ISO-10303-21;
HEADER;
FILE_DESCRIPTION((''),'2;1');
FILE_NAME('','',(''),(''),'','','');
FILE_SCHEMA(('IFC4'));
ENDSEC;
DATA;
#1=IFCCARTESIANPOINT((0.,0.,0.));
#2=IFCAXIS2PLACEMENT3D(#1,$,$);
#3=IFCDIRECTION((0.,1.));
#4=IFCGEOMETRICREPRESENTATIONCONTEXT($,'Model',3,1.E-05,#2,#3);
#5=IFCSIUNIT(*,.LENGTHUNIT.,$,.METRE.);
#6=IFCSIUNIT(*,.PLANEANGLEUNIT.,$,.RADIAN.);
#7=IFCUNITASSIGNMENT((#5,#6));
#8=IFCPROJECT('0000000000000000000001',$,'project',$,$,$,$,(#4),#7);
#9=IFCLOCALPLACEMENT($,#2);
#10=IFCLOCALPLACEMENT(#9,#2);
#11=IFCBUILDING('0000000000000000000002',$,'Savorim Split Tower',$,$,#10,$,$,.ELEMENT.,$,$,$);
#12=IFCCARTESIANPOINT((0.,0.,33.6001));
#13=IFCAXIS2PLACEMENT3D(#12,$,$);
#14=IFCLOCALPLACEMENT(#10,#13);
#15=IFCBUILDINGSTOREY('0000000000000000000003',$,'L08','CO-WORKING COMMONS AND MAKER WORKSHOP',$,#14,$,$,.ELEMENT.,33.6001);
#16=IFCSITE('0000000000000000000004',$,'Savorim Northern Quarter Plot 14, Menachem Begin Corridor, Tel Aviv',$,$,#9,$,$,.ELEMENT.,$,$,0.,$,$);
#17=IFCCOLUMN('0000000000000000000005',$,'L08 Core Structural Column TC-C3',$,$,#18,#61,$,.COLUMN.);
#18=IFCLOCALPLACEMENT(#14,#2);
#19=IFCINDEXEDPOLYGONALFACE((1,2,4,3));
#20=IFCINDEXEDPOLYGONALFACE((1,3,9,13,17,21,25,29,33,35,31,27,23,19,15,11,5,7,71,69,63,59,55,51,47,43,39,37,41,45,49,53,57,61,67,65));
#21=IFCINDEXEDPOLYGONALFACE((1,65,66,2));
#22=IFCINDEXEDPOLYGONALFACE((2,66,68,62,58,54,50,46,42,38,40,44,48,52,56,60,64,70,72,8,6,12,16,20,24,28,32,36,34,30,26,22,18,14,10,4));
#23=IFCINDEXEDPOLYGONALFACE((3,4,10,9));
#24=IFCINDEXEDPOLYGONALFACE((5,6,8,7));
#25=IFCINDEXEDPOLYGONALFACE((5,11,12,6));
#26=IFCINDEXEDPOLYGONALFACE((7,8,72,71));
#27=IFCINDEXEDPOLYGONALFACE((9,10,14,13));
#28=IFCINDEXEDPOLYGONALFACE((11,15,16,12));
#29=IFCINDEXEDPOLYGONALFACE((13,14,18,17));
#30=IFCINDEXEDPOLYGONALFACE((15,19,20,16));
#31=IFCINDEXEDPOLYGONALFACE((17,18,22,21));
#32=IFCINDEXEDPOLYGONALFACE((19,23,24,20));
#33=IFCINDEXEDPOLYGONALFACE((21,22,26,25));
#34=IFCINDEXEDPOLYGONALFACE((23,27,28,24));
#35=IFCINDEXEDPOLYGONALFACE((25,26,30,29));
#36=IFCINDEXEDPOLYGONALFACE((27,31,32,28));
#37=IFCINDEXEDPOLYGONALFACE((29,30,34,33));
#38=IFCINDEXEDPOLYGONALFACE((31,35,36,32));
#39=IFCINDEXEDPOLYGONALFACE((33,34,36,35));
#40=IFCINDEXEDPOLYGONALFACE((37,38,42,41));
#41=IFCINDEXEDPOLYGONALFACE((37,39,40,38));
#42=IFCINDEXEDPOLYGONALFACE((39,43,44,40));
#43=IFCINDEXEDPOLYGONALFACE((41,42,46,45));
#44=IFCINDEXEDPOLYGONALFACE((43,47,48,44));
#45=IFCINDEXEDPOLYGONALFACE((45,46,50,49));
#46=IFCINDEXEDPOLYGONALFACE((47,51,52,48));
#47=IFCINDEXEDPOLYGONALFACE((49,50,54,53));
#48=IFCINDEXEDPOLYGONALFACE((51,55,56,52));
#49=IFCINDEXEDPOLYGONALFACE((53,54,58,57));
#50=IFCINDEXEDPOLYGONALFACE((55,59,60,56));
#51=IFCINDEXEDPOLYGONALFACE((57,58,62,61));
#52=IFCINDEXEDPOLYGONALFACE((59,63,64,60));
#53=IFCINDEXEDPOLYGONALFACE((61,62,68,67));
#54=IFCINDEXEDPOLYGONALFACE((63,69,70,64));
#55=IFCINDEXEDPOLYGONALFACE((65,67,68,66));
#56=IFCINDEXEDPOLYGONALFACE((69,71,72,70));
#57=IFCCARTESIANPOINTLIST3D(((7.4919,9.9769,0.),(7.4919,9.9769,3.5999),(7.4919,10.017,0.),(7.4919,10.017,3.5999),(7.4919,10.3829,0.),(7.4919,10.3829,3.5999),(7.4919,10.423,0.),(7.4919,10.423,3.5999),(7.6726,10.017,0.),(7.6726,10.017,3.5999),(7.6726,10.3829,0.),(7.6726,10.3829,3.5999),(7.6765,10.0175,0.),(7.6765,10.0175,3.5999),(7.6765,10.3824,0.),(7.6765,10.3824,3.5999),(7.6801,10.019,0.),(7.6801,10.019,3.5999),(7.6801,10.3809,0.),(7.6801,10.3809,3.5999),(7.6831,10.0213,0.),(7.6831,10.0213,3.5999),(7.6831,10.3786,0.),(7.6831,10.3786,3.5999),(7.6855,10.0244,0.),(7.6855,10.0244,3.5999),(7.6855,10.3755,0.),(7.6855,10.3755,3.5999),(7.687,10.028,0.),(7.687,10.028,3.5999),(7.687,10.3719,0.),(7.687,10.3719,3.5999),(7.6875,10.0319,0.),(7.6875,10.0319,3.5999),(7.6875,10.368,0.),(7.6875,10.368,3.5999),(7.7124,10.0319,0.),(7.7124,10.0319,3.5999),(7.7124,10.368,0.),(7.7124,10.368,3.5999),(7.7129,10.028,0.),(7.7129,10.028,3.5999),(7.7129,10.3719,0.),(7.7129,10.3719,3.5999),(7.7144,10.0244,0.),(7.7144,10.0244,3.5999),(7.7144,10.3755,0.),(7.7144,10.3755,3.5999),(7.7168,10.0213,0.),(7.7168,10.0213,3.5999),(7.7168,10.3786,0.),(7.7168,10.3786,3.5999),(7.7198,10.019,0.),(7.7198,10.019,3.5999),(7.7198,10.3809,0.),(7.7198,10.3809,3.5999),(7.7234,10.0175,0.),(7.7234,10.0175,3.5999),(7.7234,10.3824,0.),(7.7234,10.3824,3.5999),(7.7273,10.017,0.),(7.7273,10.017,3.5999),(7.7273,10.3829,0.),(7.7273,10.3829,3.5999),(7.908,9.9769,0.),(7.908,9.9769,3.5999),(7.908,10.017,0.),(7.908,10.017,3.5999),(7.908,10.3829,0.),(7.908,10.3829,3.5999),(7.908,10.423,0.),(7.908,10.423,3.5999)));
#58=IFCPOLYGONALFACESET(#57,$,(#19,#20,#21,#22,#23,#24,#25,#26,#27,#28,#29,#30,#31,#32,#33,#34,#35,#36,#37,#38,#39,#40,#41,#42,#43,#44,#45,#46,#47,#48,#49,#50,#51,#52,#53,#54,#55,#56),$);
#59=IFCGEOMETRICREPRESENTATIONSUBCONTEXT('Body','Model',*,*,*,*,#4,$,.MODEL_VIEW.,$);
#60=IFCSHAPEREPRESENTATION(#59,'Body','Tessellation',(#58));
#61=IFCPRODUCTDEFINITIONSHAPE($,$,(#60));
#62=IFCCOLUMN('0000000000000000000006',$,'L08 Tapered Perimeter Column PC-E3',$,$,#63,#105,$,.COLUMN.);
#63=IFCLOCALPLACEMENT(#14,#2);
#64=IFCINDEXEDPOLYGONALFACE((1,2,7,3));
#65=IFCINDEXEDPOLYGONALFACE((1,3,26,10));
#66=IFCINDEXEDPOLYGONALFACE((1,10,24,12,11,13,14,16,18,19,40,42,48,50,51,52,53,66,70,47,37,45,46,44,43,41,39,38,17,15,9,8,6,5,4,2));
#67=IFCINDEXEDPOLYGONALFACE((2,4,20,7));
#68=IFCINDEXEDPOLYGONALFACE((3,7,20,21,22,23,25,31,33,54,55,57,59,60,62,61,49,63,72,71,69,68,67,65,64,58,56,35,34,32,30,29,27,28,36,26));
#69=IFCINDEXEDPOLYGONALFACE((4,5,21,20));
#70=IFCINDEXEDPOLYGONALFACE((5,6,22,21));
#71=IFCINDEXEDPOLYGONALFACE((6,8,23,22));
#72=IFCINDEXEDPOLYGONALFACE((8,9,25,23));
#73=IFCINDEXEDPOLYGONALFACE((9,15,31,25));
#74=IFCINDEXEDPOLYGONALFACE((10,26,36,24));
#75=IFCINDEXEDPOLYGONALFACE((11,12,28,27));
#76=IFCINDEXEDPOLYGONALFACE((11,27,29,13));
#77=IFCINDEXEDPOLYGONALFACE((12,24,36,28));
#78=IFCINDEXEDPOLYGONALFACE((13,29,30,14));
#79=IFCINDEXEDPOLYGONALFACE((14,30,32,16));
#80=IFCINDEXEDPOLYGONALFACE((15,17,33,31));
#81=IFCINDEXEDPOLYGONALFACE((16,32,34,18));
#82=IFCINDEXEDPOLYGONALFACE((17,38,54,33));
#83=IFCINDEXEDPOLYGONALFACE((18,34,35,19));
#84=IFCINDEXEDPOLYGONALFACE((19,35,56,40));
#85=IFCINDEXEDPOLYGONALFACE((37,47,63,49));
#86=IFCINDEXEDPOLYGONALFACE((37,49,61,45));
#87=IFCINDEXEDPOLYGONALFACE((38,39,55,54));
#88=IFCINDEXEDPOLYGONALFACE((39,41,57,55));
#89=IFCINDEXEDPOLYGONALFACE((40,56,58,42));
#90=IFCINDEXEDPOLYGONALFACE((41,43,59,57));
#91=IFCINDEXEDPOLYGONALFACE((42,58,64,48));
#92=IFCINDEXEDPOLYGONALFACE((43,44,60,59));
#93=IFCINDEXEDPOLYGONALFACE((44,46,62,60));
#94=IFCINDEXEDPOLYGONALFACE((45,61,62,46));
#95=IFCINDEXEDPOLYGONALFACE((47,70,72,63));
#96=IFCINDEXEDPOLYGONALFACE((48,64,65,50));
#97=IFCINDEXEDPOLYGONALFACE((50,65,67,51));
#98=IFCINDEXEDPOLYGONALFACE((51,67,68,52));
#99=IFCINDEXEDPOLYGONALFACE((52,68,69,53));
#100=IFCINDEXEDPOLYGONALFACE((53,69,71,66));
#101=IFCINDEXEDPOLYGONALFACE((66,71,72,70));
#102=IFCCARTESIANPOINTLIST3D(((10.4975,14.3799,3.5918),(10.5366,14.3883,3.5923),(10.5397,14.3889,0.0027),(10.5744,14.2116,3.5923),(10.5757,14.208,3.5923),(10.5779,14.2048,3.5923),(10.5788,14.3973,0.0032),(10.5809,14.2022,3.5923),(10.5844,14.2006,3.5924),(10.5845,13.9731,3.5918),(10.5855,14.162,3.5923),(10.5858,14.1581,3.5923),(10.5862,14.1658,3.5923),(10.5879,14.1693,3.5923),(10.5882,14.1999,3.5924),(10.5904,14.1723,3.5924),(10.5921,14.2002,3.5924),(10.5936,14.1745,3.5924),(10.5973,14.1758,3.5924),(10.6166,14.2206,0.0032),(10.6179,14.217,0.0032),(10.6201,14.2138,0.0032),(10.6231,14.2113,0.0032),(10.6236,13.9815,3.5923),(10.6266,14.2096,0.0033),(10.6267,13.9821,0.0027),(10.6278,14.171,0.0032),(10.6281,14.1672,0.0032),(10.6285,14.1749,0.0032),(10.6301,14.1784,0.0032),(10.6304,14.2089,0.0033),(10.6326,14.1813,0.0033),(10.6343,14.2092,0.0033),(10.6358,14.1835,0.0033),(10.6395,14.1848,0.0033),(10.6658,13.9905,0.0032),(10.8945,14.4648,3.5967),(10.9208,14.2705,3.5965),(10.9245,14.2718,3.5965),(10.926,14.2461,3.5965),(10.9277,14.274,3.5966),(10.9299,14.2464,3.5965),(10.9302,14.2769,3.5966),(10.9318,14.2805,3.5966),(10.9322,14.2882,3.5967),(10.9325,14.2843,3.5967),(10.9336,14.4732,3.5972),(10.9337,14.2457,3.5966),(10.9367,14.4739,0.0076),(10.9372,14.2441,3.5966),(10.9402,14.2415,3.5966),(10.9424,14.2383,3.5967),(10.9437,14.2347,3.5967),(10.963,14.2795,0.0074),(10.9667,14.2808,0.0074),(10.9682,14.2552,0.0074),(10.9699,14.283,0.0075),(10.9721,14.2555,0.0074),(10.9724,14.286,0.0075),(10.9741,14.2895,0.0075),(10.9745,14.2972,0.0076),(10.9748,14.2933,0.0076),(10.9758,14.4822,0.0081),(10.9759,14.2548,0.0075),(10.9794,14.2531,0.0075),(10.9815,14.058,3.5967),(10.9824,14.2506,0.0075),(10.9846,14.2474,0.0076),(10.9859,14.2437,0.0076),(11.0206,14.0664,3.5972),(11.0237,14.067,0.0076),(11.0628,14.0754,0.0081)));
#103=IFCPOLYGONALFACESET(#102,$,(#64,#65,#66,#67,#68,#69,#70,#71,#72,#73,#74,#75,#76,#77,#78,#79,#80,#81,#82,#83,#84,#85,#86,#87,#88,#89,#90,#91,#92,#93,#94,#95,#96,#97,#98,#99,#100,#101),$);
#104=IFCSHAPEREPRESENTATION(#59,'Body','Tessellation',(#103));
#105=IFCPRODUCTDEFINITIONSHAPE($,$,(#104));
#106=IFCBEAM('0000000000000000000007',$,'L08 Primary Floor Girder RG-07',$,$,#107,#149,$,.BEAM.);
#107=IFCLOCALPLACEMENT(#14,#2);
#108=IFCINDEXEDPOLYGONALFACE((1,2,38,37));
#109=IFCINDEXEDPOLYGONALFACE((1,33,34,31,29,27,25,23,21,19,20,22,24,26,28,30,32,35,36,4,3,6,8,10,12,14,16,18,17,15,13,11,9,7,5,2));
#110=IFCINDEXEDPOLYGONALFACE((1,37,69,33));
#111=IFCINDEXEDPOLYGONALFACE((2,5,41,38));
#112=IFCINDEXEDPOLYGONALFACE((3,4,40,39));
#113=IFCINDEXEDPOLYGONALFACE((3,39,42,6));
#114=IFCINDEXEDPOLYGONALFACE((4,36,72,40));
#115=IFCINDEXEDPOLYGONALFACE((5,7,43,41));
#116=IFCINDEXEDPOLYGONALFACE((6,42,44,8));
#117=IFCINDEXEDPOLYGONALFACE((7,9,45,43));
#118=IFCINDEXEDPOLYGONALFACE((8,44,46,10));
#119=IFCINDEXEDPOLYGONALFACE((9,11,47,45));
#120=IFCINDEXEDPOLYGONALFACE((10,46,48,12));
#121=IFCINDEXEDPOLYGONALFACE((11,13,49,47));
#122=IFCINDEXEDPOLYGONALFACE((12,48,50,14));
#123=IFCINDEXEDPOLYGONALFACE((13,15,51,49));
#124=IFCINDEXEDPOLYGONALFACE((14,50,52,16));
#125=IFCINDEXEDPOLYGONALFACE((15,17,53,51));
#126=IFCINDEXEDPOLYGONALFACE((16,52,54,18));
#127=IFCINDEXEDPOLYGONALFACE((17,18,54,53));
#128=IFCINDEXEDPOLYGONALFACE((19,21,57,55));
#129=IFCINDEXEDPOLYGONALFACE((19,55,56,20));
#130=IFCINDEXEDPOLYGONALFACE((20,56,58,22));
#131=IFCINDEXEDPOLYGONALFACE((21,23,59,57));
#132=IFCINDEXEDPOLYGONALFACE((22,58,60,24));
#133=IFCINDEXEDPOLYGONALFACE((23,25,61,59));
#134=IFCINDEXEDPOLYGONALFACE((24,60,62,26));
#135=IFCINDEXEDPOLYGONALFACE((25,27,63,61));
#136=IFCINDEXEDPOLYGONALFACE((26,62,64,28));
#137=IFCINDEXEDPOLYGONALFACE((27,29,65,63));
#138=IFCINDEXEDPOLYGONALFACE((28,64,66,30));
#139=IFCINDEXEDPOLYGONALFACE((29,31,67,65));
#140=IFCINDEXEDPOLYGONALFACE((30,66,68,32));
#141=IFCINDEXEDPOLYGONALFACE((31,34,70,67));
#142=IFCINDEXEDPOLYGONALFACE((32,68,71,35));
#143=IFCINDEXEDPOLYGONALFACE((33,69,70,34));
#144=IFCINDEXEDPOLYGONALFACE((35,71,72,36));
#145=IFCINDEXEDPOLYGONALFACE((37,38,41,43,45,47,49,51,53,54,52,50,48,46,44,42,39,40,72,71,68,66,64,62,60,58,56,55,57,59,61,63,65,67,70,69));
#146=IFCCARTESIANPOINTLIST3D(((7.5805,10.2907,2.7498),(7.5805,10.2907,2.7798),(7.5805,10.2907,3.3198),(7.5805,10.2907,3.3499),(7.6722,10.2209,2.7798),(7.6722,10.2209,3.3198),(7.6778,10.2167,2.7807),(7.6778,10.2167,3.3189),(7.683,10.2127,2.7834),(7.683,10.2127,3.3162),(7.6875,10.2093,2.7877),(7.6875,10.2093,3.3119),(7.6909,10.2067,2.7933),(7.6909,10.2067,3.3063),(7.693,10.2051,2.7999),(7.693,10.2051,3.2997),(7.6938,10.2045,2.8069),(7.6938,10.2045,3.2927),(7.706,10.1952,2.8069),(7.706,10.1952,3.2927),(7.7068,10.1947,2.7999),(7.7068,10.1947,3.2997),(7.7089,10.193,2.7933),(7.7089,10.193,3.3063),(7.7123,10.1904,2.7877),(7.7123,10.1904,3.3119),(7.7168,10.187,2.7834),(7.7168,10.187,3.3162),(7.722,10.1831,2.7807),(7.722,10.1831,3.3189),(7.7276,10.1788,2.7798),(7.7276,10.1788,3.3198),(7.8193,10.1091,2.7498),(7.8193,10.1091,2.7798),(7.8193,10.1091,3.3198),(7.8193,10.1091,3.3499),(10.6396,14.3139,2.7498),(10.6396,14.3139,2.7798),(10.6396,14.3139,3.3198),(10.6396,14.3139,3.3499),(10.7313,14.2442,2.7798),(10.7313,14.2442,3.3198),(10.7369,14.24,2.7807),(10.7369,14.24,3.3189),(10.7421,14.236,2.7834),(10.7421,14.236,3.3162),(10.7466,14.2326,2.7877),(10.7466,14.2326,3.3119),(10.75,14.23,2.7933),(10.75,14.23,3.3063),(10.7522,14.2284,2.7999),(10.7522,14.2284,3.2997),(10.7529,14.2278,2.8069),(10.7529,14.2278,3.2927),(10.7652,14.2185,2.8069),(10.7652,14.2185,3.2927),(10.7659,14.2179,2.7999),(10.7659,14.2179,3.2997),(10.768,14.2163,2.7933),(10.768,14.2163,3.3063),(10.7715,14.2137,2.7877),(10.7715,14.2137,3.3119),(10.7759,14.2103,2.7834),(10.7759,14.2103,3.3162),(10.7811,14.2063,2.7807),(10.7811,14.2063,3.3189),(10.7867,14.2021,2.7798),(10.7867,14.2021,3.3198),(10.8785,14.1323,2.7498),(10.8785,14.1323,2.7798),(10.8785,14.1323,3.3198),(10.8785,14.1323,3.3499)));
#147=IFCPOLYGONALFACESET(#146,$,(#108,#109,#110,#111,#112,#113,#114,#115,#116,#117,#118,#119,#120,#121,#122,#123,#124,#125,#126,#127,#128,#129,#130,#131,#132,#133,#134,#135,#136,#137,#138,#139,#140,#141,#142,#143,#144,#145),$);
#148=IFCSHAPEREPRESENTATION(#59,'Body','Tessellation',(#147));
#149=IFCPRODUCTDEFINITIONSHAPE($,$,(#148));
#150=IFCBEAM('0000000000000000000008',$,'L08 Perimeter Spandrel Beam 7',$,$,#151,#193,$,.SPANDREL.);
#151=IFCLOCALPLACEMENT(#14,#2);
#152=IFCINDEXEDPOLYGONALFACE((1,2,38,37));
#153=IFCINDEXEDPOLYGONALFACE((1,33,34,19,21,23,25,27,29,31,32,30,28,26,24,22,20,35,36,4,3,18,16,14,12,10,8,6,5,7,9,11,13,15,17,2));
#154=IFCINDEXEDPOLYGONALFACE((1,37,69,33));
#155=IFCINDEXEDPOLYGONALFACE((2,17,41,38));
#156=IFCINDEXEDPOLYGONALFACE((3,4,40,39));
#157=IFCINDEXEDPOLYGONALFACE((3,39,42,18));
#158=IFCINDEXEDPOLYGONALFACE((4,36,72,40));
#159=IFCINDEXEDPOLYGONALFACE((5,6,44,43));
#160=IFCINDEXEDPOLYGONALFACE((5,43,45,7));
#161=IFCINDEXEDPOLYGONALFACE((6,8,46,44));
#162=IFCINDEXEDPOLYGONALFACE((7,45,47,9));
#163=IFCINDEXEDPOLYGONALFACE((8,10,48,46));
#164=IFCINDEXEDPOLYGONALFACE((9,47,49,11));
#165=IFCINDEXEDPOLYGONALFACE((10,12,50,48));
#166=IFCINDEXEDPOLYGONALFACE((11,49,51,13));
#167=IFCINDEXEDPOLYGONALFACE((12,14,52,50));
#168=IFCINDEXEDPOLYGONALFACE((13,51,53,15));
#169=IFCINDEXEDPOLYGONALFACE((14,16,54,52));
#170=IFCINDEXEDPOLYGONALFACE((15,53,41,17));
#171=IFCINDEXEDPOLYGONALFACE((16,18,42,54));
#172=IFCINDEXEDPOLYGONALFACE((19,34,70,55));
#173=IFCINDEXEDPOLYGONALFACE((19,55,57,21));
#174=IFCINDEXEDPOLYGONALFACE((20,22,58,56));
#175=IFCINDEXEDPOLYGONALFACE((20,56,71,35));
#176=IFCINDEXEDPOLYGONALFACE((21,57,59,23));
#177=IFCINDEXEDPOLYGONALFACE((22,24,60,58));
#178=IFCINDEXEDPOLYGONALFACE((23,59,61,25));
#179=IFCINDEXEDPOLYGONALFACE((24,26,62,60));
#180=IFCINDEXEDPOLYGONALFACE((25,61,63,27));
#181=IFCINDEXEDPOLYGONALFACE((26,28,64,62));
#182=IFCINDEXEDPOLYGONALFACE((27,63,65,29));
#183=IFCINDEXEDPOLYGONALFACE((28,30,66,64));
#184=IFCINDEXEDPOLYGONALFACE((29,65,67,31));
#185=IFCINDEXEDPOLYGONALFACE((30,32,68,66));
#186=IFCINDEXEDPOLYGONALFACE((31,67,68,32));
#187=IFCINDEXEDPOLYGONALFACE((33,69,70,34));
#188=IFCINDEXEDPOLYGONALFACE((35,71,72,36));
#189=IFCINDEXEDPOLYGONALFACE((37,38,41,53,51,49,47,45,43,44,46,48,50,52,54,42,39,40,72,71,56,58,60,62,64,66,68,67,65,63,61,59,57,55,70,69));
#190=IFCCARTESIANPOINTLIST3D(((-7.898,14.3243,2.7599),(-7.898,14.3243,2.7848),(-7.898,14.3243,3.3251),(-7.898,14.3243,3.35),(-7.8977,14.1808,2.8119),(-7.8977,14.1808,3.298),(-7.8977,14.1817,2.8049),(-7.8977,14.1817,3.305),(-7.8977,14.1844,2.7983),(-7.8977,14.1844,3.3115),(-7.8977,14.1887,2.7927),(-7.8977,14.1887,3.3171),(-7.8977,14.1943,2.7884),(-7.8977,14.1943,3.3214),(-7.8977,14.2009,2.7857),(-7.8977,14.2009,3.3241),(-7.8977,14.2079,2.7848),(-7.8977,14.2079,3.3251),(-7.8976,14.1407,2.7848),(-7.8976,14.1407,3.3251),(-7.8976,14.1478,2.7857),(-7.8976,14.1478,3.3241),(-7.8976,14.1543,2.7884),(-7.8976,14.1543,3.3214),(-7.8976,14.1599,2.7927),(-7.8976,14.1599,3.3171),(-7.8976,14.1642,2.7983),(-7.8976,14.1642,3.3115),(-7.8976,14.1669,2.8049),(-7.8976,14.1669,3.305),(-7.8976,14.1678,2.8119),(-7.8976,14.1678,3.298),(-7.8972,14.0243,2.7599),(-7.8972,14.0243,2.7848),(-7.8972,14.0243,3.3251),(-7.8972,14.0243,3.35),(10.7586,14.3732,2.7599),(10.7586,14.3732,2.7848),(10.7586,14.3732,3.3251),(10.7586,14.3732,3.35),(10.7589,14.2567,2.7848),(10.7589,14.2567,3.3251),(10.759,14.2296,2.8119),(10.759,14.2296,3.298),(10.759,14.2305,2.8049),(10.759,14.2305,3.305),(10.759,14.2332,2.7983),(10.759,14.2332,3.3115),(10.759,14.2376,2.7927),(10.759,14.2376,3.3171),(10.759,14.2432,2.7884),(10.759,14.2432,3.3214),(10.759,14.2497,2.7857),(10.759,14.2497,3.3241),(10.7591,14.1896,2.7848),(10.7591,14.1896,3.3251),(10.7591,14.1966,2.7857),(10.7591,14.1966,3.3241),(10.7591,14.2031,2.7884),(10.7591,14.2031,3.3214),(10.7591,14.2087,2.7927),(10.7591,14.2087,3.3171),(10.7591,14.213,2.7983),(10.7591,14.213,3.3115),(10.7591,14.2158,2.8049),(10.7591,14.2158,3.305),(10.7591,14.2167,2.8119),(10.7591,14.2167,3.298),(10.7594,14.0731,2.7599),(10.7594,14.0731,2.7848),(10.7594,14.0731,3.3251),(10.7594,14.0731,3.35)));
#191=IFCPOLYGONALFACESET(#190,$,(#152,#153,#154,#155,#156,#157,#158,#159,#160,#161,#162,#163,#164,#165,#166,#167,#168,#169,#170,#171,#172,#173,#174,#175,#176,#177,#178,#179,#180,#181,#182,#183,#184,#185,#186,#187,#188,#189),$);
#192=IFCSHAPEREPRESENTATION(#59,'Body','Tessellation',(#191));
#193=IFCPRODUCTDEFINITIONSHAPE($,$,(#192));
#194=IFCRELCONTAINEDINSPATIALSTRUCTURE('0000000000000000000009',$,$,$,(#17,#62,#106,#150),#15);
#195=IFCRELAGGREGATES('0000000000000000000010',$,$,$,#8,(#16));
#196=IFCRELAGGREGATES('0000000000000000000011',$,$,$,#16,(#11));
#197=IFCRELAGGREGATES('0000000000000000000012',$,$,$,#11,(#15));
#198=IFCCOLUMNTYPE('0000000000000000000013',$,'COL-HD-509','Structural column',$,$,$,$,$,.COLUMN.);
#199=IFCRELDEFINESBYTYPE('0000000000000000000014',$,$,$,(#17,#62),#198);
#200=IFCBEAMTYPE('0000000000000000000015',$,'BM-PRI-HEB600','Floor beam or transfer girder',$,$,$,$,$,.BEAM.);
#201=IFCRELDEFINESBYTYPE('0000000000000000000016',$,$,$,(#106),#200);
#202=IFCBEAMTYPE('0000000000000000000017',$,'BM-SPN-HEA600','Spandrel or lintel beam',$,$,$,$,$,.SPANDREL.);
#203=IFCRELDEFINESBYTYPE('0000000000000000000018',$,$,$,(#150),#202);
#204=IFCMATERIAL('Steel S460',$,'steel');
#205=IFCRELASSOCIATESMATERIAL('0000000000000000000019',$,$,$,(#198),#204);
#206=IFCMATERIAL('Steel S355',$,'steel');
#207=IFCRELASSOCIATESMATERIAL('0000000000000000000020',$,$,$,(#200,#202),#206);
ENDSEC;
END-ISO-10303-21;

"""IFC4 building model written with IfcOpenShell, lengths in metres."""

from ifc_helpers import new_model, si_unit, direction, frame, origin, origin_2d, place, context, subcontext, project, spatial, i_section, extrude, material, material_profile, profile_set, type_object, element, save


model = new_model("IFC4")

# Units and contexts
model_context = context("Model", 3, precision=1e-05, world=origin(), true_north=direction((0.0, 1.0)))
body_context = subcontext(model_context, "Body", "Model", "MODEL_VIEW")
ifc_project = project(units=[si_unit("LENGTHUNIT", "METRE"), si_unit("PLANEANGLEUNIT", "RADIAN")], contexts=[model_context])

# Site, building, storey
site_placement = place(None, origin())
site = spatial("IfcSite", under=ifc_project, at=site_placement, Name="Savorim Northern Quarter Plot 14, Menachem Begin Corridor, Tel Aviv", CompositionType="ELEMENT", RefElevation=0.0)
building_placement = place(site_placement, origin())
building = spatial("IfcBuilding", under=site, at=building_placement, Name="Savorim Split Tower", CompositionType="ELEMENT")
storey_placement = place(building_placement, frame((0.0, 0.0, 33.6001)))
storey = spatial("IfcBuildingStorey", under=building, at=storey_placement, Name="L08", Description="CO-WORKING COMMONS AND MAKER WORKSHOP", CompositionType="ELEMENT", Elevation=33.6001)

# Columns
ifc_material_1 = material(Name="Steel S460", Category="steel")
ifc_material_profile_1 = material_profile(ifc_material_1, i_section(OverallWidth=0.416, OverallDepth=0.446, WebThickness=0.0249, FlangeThickness=0.04, FilletRadius=0.0149, at=origin_2d()), Name="HD 400x509")
ifc_profile_set_1 = profile_set([ifc_material_profile_1], Name="Steel S460")
column_type = type_object("IfcColumnType", Name="COL-HD-509", Description="Structural column", PredefinedType="COLUMN", material=ifc_profile_set_1)
column_1_placement = place(storey_placement, frame((7.7, 10.2, 0.0), z_axis=(0.0, 0.0, 1.0), x_axis=(1.0, 0.0, 0.0)))
element("IfcColumn", 1, at=column_1_placement, inside=storey, type_object=column_type, Name="L08 Core Structural Column TC-C3", PredefinedType="COLUMN", context=body_context, shape_type="SweptSolid", body=[
    extrude(i_section(OverallWidth=0.416, OverallDepth=0.446, WebThickness=0.0249, FlangeThickness=0.04, FilletRadius=0.0149, at=origin_2d()), origin(), (0.0, 0.0, 1.0), 3.5999),
])
column_2_placement = place(storey_placement, frame((10.8013, 14.2322, 0.0054), z_axis=(-0.011767, -0.002517, 0.999928), x_axis=(0.209143, -0.977885, 0.0)))
element("IfcColumn", 2, at=column_2_placement, inside=storey, type_object=column_type, Name="L08 Tapered Perimeter Column PC-E3", PredefinedType="COLUMN", context=body_context, shape_type="SweptSolid", body=[
    extrude(i_section(OverallWidth=0.416, OverallDepth=0.446, WebThickness=0.0249, FlangeThickness=0.04, FilletRadius=0.0149, at=origin_2d()), origin(), (0.0, 0.0, 1.0), 3.5894),
])

# Beams
ifc_material_2 = material(Name="Steel S355", Category="steel")
ifc_material_profile_2 = material_profile(ifc_material_2, i_section(OverallWidth=0.3, OverallDepth=0.6001, WebThickness=0.0154, FlangeThickness=0.03, FilletRadius=0.0271, at=origin_2d()), Name="HEB 600")
ifc_profile_set_2 = profile_set([ifc_material_profile_2], Name="Steel S355")
beam_type_1 = type_object("IfcBeamType", Name="BM-PRI-HEB600", Description="Floor beam or transfer girder", PredefinedType="BEAM", material=ifc_profile_set_2)
beam_1_placement = place(storey_placement, frame((10.759, 14.2231, 3.0498), z_axis=(-0.605266, -0.796023, 0.0), x_axis=(0.796023, -0.605266, 0.0)))
element("IfcBeam", 3, at=beam_1_placement, inside=storey, type_object=beam_type_1, Name="L08 Primary Floor Girder RG-07", PredefinedType="BEAM", context=body_context, shape_type="SweptSolid", body=[
    extrude(i_section(OverallWidth=0.3, OverallDepth=0.6001, WebThickness=0.0154, FlangeThickness=0.03, FilletRadius=0.0271, at=origin_2d()), origin(), (0.0, 0.0, 1.0), 5.0542),
])
ifc_material_profile_3 = material_profile(ifc_material_2, i_section(OverallWidth=0.3, OverallDepth=0.5901, WebThickness=0.0129, FlangeThickness=0.0249, FilletRadius=0.0271, at=origin_2d()), Name="HEA 600")
ifc_profile_set_3 = profile_set([ifc_material_profile_3], Name="Steel S355")
beam_type_2 = type_object("IfcBeamType", Name="BM-SPN-HEA600", Description="Spandrel or lintel beam", PredefinedType="SPANDREL", material=ifc_profile_set_3)
beam_2_placement = place(storey_placement, frame((10.759, 14.2231, 3.0549), z_axis=(-0.999997, -0.002617, 0.0), x_axis=(0.002617, -0.999997, 0.0)))
element("IfcBeam", 4, at=beam_2_placement, inside=storey, type_object=beam_type_2, Name="L08 Perimeter Spandrel Beam 7", PredefinedType="SPANDREL", context=body_context, shape_type="SweptSolid", body=[
    extrude(i_section(OverallWidth=0.3, OverallDepth=0.5901, WebThickness=0.0129, FlangeThickness=0.0249, FilletRadius=0.0271, at=origin_2d()), origin(), (0.0, 0.0, 1.0), 18.6567),
])

save(model, "model.ifc")
